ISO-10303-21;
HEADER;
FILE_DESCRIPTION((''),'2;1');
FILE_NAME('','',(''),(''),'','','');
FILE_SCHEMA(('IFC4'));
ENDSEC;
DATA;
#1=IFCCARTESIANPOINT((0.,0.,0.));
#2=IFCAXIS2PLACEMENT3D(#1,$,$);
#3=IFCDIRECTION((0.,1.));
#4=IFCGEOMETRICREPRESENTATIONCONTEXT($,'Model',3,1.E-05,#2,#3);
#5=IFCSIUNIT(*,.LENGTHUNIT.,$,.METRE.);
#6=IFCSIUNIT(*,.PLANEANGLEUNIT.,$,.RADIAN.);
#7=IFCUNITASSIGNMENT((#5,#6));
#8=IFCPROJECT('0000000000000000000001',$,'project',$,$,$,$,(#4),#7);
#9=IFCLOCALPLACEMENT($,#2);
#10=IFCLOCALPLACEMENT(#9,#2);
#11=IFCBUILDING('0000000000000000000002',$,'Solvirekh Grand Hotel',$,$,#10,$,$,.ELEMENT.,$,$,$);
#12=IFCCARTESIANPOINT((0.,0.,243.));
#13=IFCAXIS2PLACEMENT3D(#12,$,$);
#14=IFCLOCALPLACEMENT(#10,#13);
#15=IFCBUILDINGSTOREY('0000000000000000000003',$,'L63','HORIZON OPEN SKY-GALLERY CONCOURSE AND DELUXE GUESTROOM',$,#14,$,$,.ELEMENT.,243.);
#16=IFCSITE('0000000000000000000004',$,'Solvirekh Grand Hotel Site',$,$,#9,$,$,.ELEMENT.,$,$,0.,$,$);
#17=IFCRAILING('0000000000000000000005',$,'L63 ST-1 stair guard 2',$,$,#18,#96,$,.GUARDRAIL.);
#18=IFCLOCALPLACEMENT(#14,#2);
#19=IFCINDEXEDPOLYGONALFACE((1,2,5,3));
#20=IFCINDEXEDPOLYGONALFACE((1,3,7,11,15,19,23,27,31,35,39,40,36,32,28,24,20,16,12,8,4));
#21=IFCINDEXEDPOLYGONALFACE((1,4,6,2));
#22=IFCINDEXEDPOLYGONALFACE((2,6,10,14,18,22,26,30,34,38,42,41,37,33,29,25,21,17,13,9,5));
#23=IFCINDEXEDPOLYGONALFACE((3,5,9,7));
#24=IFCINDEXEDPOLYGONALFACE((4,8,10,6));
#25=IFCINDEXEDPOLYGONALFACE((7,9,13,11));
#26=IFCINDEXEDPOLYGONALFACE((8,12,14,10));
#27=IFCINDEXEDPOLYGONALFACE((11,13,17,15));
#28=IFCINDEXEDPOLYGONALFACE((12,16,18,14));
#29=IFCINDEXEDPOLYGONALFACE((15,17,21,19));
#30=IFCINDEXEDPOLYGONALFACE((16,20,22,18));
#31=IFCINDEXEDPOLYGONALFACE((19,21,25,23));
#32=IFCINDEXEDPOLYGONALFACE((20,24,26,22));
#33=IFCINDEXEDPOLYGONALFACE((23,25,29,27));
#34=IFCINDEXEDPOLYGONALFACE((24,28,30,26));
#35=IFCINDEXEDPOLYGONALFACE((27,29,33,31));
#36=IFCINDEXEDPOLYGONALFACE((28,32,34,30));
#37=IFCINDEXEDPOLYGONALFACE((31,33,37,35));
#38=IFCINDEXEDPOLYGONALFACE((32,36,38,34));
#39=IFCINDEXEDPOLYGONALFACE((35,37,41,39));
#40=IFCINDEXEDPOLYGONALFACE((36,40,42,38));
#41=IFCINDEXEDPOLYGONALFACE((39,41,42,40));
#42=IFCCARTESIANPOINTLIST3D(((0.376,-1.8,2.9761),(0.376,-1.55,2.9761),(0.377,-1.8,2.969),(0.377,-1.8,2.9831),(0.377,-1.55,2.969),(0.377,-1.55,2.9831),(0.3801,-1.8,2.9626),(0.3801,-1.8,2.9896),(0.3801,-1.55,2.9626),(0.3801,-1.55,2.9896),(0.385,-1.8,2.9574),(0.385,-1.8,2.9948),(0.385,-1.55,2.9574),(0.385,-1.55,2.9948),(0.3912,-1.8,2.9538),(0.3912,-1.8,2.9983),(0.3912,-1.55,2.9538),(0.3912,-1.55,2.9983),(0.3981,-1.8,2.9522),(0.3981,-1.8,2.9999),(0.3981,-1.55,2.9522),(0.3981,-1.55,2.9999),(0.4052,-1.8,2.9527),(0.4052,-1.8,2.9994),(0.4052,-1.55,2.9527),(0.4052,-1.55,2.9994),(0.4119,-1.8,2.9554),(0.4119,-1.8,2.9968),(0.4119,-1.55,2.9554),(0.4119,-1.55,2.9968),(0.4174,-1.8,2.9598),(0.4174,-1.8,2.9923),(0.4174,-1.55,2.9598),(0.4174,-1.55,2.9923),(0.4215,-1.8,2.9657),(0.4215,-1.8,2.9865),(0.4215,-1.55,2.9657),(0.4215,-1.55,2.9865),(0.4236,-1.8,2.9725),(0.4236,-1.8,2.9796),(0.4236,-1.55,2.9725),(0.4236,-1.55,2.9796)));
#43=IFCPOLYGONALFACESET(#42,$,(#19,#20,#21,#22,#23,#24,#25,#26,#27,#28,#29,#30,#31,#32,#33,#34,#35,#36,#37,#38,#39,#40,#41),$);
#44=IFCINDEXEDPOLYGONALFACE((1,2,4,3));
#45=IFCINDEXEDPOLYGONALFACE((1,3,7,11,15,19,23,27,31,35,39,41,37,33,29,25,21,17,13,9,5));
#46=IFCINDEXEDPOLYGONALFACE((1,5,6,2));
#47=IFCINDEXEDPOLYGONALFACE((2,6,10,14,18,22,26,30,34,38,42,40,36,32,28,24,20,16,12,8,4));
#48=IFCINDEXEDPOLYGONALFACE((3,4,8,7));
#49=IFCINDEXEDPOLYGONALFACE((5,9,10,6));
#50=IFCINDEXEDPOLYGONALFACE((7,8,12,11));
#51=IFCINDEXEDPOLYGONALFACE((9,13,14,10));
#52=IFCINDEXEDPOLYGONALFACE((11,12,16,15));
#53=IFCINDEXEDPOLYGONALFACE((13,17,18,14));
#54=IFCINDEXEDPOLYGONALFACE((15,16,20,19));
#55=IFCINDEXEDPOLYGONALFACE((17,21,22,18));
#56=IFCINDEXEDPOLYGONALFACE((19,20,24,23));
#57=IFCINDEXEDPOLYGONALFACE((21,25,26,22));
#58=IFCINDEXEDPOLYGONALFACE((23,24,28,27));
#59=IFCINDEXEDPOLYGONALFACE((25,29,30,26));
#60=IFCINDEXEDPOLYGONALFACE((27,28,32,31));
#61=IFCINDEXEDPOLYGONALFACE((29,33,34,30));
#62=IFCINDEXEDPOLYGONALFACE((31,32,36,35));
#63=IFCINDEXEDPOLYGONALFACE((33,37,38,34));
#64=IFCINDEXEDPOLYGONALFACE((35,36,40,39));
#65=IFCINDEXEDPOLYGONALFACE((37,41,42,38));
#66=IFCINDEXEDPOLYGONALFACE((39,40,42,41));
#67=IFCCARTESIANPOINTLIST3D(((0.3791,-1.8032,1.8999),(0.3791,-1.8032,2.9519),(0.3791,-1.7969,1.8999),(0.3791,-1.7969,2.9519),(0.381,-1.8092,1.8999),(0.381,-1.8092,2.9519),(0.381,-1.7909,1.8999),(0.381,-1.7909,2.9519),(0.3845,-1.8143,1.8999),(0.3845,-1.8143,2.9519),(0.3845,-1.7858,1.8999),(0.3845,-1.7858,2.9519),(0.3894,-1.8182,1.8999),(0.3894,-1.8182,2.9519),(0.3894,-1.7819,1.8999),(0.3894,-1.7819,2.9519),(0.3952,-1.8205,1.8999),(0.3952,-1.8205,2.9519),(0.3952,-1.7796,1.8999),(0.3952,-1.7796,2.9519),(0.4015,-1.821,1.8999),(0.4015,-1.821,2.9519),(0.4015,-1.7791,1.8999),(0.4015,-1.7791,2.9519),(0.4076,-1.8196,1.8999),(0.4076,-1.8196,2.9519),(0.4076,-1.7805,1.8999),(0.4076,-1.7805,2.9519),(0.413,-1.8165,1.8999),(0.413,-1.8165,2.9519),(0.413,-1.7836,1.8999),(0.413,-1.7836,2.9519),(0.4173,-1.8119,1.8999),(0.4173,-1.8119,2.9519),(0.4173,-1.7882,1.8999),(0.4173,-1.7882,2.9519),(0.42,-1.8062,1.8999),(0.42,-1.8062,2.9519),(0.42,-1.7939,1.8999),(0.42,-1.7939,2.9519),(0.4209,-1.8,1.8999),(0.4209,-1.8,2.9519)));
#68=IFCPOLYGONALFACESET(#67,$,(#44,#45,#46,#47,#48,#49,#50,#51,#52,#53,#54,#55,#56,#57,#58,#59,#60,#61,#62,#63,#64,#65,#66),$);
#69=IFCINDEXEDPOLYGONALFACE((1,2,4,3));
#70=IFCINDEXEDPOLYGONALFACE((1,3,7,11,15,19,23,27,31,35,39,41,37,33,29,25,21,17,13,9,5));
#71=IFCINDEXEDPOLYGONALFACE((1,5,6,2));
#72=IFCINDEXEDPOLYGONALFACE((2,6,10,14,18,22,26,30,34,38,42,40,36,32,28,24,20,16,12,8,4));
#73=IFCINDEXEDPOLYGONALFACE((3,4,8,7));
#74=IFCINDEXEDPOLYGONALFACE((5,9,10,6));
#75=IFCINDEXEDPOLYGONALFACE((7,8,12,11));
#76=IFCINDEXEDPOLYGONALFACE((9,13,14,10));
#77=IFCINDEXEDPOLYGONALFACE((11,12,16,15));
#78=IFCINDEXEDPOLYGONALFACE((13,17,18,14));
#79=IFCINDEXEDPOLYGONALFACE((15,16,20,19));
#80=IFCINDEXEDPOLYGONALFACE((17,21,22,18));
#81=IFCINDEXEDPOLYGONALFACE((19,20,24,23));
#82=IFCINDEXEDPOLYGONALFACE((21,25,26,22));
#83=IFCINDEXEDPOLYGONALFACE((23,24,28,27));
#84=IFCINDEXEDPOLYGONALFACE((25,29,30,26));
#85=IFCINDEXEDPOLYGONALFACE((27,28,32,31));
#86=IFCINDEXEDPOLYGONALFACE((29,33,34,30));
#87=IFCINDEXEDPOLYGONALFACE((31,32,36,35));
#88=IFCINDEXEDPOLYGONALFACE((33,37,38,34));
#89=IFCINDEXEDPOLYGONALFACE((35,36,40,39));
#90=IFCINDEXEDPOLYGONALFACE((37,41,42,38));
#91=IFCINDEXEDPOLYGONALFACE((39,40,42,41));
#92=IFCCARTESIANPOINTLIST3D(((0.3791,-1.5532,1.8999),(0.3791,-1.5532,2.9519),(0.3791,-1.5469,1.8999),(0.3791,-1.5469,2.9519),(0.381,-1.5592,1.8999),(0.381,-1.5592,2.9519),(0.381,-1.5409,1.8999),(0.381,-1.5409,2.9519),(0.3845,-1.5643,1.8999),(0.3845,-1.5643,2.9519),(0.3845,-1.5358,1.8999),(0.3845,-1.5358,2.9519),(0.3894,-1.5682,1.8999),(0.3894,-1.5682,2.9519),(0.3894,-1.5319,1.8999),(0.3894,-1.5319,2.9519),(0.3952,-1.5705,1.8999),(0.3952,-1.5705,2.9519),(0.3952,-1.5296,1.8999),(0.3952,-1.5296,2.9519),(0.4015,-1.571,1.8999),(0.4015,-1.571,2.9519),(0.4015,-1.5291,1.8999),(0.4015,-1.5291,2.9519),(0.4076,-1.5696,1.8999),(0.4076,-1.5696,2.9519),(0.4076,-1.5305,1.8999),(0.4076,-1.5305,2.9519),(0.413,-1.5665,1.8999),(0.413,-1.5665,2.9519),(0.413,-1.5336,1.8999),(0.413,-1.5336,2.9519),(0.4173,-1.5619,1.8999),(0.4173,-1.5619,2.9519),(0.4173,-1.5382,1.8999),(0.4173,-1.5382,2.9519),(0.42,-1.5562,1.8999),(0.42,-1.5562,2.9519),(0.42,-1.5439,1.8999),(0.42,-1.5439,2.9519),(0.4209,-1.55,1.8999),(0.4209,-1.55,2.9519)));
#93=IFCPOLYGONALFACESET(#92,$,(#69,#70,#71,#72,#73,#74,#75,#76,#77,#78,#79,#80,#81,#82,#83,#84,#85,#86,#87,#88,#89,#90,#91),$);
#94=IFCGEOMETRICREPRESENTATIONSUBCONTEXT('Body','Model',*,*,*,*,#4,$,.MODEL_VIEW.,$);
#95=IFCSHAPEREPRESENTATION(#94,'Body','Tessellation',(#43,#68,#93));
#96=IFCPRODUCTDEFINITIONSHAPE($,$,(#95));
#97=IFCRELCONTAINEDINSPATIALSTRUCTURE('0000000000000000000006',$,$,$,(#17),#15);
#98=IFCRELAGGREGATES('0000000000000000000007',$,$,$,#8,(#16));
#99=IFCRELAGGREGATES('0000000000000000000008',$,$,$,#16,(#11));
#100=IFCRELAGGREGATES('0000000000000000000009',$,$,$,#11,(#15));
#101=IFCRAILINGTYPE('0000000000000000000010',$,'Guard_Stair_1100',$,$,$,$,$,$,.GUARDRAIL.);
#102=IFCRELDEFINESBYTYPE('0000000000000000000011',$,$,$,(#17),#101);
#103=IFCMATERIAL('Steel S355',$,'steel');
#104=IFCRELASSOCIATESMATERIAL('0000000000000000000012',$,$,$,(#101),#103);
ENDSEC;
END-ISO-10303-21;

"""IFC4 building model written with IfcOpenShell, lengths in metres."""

from ifc_helpers import new_model, si_unit, direction, frame, origin, origin_2d, place, context, subcontext, project, spatial, circle, extrude, material, type_object, element, save


model = new_model("IFC4")

# Units and contexts
model_context = context("Model", 3, precision=1e-05, world=origin(), true_north=direction((0.0, 1.0)))
body_context = subcontext(model_context, "Body", "Model", "MODEL_VIEW")
ifc_project = project(units=[si_unit("LENGTHUNIT", "METRE"), si_unit("PLANEANGLEUNIT", "RADIAN")], contexts=[model_context])

# Site, building, storey
site_placement = place(None, origin())
site = spatial("IfcSite", under=ifc_project, at=site_placement, Name="Solvirekh Grand Hotel Site", CompositionType="ELEMENT", RefElevation=0.0)
building_placement = place(site_placement, origin())
building = spatial("IfcBuilding", under=site, at=building_placement, Name="Solvirekh Grand Hotel", CompositionType="ELEMENT")
storey_placement = place(building_placement, frame((0.0, 0.0, 243.0)))
storey = spatial("IfcBuildingStorey", under=building, at=storey_placement, Name="L63", Description="HORIZON OPEN SKY-GALLERY CONCOURSE AND DELUXE GUESTROOM", CompositionType="ELEMENT", Elevation=243.0)

# Shared definitions
ifc_material_1 = material(Name="Steel S355", Category="steel")

# Railing
railing_type_1 = type_object("IfcRailingType", Name="Guard_Stair_1100", PredefinedType="GUARDRAIL", material=ifc_material_1)
railing_1_placement = place(storey_placement, frame((0.3999, -1.8, 1.8999)))
element("IfcRailing", 1, at=railing_1_placement, inside=storey, type_object=railing_type_1, Name="L63 ST-1 stair guard 2", PredefinedType="GUARDRAIL", context=body_context, shape_type="SweptSolid", body=[
    extrude(circle(Radius=0.0239, at=origin_2d()), frame((0.0, 0.0, 1.0762), z_axis=(0.0, 1.0, 0.0), x_axis=(-1.0, 0.0, 0.0)), (0.0, 0.0, 1.0), 0.25),
    extrude(circle(Radius=0.021, at=origin_2d()), origin(), (0.0, 0.0, 1.0), 1.052),
    extrude(circle(Radius=0.021, at=origin_2d()), frame((0.0, 0.25, 0.0)), (0.0, 0.0, 1.0), 1.052),
])

save(model, "model.ifc")
